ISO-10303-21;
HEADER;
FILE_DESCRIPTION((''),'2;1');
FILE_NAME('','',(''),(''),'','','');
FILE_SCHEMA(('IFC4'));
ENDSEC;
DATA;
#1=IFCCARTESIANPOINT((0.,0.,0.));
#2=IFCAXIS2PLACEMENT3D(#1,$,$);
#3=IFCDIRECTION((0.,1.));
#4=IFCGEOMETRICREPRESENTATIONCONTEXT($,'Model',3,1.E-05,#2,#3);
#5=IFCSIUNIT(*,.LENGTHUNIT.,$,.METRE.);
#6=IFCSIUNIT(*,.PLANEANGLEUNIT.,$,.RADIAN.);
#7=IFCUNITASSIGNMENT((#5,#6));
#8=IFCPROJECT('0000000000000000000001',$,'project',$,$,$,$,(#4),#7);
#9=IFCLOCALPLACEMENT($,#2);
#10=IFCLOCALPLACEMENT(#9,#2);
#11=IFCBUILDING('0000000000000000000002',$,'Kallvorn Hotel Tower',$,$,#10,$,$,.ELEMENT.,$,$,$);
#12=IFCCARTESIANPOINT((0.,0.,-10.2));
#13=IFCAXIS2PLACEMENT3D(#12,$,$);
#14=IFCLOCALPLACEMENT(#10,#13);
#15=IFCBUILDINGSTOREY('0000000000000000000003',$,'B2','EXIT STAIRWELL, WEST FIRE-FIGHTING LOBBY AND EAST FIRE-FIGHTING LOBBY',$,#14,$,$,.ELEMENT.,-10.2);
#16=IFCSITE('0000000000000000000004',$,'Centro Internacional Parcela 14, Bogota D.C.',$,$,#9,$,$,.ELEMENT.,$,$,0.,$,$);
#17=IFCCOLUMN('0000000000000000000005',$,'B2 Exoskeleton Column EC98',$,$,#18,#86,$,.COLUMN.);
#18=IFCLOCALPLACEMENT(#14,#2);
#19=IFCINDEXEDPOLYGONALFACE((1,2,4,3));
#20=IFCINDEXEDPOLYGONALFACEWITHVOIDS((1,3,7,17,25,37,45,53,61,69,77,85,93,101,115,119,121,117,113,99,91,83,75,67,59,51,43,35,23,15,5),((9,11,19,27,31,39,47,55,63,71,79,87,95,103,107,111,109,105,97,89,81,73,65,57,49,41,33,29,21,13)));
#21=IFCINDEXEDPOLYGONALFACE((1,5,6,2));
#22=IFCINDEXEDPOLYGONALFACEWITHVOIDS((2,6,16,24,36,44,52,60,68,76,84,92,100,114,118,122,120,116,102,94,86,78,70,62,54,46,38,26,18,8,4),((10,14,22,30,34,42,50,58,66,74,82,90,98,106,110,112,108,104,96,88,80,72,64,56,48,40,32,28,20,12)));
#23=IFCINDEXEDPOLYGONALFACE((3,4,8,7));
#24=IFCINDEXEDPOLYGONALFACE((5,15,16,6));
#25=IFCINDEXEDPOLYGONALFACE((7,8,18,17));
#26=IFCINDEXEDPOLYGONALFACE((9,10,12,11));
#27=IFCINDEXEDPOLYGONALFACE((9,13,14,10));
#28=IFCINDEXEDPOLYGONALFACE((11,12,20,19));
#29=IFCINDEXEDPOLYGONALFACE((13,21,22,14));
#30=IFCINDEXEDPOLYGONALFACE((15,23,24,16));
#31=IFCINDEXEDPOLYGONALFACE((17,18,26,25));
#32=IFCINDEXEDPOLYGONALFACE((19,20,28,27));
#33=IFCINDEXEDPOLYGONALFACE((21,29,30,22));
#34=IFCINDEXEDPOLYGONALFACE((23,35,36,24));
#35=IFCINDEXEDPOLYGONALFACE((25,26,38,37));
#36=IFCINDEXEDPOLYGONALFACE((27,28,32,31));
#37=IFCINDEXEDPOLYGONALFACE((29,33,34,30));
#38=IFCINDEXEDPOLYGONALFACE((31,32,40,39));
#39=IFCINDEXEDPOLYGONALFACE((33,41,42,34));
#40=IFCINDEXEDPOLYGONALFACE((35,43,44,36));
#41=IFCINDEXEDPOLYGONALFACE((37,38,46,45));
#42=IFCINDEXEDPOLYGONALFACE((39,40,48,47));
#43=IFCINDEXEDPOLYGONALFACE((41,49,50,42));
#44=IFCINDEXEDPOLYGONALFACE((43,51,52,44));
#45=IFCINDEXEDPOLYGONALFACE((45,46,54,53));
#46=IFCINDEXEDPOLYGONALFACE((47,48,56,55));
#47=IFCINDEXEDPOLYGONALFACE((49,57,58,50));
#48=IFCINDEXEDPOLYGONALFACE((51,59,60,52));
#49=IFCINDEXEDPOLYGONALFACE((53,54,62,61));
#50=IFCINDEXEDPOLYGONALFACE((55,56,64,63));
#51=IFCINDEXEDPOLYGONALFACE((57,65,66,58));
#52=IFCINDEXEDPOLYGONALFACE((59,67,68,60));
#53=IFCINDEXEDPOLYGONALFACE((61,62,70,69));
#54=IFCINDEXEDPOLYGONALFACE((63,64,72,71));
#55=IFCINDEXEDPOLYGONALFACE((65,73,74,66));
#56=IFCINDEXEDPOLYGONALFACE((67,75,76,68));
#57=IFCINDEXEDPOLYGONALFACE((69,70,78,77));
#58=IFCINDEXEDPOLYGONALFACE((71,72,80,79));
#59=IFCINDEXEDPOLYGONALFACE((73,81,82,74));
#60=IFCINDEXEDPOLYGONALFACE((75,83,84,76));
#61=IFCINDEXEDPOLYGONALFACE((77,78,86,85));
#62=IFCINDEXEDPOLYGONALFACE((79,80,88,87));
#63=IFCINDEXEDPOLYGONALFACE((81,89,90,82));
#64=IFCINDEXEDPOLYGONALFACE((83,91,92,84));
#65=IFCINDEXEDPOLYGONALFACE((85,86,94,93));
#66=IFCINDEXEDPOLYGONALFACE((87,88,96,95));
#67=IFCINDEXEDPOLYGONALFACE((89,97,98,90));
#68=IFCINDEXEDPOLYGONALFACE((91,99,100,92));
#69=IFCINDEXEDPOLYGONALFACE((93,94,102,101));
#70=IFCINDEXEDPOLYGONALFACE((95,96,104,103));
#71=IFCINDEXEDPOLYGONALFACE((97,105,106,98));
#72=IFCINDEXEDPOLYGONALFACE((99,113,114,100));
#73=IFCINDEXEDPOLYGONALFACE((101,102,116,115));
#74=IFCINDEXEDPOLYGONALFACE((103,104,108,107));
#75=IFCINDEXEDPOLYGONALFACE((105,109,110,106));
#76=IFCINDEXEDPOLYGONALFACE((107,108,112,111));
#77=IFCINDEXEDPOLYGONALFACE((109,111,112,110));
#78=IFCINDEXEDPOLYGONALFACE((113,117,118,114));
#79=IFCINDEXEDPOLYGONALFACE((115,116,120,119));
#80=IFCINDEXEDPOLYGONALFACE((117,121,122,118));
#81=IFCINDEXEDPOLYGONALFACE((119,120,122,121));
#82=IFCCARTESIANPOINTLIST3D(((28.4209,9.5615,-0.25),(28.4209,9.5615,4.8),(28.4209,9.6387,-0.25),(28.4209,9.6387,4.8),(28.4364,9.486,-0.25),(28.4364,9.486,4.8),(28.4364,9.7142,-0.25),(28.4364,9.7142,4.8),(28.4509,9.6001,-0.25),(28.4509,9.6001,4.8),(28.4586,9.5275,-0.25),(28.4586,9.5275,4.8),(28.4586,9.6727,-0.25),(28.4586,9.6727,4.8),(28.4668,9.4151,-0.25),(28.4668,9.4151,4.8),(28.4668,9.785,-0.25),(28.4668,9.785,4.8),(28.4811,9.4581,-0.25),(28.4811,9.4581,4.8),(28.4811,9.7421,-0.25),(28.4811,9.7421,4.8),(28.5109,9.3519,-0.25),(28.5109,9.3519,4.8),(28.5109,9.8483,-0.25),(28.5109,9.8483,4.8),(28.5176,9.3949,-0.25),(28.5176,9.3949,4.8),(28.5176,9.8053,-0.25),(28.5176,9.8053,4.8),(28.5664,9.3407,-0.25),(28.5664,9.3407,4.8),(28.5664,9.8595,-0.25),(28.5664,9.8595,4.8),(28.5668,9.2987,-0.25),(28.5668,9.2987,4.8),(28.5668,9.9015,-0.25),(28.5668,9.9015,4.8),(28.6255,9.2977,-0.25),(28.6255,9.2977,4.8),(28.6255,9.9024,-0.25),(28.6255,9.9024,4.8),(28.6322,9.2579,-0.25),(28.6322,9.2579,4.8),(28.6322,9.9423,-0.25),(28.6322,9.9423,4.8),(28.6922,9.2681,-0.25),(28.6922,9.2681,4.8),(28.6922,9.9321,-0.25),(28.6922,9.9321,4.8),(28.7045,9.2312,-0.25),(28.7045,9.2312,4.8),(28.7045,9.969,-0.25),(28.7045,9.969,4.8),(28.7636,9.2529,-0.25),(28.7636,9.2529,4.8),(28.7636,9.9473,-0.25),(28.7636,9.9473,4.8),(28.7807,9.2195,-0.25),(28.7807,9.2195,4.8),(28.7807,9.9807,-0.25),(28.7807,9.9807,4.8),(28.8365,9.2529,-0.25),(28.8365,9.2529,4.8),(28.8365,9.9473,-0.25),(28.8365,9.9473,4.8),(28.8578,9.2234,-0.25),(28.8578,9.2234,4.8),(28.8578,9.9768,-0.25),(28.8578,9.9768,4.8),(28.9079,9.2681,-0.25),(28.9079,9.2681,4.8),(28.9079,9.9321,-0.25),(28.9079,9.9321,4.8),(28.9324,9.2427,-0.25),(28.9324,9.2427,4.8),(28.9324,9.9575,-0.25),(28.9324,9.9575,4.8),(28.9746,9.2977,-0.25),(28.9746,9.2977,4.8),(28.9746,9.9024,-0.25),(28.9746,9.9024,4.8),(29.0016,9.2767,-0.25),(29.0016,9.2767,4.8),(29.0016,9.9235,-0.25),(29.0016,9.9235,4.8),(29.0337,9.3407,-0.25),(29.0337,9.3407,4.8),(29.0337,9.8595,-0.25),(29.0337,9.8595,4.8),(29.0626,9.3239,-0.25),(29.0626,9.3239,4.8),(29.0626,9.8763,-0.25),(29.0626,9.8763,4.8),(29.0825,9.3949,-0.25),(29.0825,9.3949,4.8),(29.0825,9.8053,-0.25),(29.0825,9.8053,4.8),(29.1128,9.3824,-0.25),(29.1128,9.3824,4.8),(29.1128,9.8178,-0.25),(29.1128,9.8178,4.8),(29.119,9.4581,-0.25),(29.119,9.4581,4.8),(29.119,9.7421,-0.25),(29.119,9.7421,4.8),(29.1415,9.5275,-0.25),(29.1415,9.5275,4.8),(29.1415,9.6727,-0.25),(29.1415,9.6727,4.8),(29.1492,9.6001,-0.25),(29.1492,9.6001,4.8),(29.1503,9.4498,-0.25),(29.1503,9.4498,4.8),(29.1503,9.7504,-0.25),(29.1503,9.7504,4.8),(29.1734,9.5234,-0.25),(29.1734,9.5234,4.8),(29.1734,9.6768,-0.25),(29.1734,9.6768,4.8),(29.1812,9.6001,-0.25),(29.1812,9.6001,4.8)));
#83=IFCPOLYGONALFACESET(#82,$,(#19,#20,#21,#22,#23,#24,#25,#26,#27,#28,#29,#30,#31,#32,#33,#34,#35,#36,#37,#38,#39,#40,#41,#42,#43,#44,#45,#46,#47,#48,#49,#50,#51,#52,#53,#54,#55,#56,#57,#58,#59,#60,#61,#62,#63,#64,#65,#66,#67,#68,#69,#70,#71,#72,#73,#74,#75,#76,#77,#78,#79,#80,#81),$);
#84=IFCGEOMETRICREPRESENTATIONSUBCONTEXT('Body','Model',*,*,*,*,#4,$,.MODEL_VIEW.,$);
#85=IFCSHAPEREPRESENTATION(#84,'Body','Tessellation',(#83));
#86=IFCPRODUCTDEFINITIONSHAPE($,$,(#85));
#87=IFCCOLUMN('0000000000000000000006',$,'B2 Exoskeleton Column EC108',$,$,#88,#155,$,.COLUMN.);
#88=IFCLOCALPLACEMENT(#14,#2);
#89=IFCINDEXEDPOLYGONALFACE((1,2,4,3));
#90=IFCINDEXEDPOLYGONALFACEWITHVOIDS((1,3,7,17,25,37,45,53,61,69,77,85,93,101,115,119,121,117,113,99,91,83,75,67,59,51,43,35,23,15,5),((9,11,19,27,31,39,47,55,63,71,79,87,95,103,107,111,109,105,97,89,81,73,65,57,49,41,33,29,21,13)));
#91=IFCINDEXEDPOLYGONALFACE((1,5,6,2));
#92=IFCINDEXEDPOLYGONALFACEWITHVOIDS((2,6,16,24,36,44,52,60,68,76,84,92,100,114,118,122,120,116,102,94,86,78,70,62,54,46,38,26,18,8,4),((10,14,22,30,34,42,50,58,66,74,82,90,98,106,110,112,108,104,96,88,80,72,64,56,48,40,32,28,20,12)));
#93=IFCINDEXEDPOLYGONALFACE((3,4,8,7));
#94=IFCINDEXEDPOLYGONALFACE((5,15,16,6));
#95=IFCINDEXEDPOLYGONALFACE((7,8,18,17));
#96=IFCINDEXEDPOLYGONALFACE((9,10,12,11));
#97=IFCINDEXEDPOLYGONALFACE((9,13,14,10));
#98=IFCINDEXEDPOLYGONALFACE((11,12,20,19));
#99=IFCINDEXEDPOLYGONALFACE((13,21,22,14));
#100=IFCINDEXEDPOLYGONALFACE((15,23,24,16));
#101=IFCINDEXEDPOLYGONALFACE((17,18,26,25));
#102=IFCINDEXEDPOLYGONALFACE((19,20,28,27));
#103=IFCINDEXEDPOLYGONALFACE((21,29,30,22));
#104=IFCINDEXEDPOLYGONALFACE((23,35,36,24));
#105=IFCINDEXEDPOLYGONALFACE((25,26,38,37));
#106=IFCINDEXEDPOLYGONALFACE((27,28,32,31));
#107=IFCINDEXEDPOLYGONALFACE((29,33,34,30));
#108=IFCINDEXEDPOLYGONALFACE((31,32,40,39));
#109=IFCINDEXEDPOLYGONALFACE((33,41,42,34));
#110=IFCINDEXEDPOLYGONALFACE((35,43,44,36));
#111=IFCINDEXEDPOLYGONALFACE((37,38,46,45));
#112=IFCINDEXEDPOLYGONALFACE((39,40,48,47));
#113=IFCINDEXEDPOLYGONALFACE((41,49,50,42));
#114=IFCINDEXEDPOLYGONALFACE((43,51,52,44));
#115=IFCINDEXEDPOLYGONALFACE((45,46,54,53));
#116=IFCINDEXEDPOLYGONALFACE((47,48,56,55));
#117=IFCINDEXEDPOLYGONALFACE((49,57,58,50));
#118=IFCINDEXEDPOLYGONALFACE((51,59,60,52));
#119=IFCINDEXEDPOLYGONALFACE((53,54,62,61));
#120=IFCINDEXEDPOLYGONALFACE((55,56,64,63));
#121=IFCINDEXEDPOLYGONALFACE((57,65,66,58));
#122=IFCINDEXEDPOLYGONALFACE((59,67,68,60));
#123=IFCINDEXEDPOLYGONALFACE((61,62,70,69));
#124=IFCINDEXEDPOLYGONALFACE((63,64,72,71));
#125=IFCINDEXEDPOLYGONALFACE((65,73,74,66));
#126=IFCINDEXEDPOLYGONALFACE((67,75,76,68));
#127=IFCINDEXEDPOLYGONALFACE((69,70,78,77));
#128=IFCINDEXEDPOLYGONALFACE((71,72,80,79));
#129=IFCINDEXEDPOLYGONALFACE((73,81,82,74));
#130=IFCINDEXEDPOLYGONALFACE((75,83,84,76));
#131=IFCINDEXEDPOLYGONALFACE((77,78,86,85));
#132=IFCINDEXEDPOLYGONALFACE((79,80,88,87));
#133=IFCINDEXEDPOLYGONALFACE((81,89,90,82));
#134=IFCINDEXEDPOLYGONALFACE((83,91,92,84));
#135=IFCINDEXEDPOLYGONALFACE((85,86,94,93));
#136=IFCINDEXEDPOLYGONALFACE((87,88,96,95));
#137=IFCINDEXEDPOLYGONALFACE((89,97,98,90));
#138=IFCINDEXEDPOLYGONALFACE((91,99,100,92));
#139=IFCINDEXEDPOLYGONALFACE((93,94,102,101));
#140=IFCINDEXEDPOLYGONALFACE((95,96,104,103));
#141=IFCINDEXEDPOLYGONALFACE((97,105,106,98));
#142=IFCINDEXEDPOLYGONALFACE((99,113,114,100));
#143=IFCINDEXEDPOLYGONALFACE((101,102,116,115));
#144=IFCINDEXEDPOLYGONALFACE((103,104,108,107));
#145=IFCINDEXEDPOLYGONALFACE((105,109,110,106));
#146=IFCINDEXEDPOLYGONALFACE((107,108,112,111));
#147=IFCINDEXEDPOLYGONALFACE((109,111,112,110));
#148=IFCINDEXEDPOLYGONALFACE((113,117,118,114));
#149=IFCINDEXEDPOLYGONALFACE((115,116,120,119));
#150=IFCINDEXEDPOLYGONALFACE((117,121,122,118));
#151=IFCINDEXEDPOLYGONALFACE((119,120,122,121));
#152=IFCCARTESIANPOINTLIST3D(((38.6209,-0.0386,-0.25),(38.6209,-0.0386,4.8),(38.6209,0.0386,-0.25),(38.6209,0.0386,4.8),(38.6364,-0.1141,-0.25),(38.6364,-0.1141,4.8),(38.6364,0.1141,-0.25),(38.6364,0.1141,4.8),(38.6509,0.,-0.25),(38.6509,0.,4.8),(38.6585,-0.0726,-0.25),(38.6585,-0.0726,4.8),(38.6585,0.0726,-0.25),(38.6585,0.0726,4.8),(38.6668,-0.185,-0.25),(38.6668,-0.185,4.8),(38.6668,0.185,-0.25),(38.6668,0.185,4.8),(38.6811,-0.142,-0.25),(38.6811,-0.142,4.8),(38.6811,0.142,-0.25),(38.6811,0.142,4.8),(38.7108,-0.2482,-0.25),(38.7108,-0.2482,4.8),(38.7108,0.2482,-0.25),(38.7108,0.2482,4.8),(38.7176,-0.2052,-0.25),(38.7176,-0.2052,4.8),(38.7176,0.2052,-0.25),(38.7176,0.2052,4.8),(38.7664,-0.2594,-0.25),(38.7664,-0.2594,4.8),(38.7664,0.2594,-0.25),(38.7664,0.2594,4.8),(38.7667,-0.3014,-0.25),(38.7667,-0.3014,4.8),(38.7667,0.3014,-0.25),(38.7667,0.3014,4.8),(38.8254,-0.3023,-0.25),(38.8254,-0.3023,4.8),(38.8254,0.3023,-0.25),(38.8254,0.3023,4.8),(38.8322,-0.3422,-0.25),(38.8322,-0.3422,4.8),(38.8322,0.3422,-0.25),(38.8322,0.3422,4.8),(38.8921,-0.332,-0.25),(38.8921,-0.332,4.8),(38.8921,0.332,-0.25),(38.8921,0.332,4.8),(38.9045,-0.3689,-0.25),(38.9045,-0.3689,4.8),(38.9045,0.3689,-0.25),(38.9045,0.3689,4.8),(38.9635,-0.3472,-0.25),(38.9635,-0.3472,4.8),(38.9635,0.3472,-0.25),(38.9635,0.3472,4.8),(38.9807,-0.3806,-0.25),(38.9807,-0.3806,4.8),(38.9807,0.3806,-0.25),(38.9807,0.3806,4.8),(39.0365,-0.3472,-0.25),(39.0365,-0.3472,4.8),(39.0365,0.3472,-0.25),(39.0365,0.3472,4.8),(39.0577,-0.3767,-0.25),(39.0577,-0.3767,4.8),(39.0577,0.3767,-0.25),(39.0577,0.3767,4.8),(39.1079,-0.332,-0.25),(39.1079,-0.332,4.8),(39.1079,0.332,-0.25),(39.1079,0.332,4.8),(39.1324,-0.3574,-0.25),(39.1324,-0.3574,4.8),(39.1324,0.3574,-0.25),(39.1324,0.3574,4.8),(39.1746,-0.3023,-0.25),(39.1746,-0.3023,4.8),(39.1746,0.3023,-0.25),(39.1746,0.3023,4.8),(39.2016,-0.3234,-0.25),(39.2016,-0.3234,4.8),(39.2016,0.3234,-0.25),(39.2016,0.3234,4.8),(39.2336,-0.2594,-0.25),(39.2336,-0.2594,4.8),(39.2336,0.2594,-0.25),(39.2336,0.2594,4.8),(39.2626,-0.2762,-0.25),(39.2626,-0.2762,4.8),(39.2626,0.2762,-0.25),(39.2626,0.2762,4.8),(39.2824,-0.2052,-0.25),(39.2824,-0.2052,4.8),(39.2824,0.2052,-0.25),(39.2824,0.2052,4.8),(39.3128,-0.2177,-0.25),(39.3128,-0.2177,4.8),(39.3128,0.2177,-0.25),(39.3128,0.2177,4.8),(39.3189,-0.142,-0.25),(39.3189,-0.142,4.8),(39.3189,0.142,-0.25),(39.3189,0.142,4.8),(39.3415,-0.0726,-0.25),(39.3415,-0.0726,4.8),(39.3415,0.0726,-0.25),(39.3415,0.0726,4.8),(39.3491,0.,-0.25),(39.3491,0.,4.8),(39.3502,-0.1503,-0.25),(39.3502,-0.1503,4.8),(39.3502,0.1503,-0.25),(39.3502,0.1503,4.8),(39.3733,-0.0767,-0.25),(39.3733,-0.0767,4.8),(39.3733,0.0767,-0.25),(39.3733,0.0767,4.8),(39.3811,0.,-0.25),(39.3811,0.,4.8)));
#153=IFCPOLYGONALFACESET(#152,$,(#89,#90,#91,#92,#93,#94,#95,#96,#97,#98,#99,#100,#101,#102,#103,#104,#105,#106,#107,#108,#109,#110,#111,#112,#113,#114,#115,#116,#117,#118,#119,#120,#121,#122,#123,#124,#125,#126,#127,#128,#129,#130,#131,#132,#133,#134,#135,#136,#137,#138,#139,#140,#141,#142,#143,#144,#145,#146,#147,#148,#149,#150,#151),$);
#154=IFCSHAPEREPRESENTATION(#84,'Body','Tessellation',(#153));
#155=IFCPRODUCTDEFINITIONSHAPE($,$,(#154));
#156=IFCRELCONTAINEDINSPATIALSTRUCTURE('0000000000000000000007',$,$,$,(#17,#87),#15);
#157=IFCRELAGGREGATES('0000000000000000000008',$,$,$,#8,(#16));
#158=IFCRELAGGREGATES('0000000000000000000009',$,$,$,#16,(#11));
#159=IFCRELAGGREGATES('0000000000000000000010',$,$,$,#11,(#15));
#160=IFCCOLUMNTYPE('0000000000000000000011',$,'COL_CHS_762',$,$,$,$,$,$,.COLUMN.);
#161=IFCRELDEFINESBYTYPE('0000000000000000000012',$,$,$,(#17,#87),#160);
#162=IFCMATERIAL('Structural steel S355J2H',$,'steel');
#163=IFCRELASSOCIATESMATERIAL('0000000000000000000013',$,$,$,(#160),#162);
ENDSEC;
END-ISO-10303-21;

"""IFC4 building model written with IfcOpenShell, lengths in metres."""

from ifc_helpers import new_model, si_unit, direction, frame, origin, origin_2d, place, context, subcontext, project, spatial, hollow_circle, extrude, material, material_profile, profile_set, type_object, element, save


model = new_model("IFC4")

# Units and contexts
model_context = context("Model", 3, precision=1e-05, world=origin(), true_north=direction((0.0, 1.0)))
body_context = subcontext(model_context, "Body", "Model", "MODEL_VIEW")
ifc_project = project(units=[si_unit("LENGTHUNIT", "METRE"), si_unit("PLANEANGLEUNIT", "RADIAN")], contexts=[model_context])

# Site, building, storey
site_placement = place(None, origin())
site = spatial("IfcSite", under=ifc_project, at=site_placement, Name="Centro Internacional Parcela 14, Bogota D.C.", CompositionType="ELEMENT", RefElevation=0.0)
building_placement = place(site_placement, origin())
building = spatial("IfcBuilding", under=site, at=building_placement, Name="Kallvorn Hotel Tower", CompositionType="ELEMENT")
storey_placement = place(building_placement, frame((0.0, 0.0, -10.2)))
storey = spatial("IfcBuildingStorey", under=building, at=storey_placement, Name="B2", Description="EXIT STAIRWELL, WEST FIRE-FIGHTING LOBBY AND EAST FIRE-FIGHTING LOBBY", CompositionType="ELEMENT", Elevation=-10.2)

# Columns
ifc_material_1 = material(Name="Structural steel S355J2H", Category="steel")
ifc_material_profile_1 = material_profile(ifc_material_1, hollow_circle(Radius=0.3811, WallThickness=0.032, at=origin_2d()), Name="CHS 762x32")
ifc_profile_set_1 = profile_set([ifc_material_profile_1], Name="Structural steel S355J2H")
column_type = type_object("IfcColumnType", Name="COL_CHS_762", PredefinedType="COLUMN", material=ifc_profile_set_1)
for number, where, z_axis, x_axis, name in (
    (1, (28.8, 9.6001, -0.25), (0.0, 0.0, 1.0), (1.0, 0.0, 0.0), "B2 Exoskeleton Column EC98"),
    (2, (39.0, 0.0, -0.25), (0.0, 0.0, 1.0), (1.0, 0.0, 0.0), "B2 Exoskeleton Column EC108"),
):
    element("IfcColumn", number, at=place(storey_placement, frame(where, z_axis=z_axis, x_axis=x_axis)), inside=storey, type_object=column_type, Name=name, PredefinedType="COLUMN", context=body_context, shape_type="SweptSolid", body=[
        extrude(hollow_circle(Radius=0.3811, WallThickness=0.032, at=origin_2d()), origin(), (0.0, 0.0, 1.0), 5.05),
    ])

save(model, "model.ifc")
